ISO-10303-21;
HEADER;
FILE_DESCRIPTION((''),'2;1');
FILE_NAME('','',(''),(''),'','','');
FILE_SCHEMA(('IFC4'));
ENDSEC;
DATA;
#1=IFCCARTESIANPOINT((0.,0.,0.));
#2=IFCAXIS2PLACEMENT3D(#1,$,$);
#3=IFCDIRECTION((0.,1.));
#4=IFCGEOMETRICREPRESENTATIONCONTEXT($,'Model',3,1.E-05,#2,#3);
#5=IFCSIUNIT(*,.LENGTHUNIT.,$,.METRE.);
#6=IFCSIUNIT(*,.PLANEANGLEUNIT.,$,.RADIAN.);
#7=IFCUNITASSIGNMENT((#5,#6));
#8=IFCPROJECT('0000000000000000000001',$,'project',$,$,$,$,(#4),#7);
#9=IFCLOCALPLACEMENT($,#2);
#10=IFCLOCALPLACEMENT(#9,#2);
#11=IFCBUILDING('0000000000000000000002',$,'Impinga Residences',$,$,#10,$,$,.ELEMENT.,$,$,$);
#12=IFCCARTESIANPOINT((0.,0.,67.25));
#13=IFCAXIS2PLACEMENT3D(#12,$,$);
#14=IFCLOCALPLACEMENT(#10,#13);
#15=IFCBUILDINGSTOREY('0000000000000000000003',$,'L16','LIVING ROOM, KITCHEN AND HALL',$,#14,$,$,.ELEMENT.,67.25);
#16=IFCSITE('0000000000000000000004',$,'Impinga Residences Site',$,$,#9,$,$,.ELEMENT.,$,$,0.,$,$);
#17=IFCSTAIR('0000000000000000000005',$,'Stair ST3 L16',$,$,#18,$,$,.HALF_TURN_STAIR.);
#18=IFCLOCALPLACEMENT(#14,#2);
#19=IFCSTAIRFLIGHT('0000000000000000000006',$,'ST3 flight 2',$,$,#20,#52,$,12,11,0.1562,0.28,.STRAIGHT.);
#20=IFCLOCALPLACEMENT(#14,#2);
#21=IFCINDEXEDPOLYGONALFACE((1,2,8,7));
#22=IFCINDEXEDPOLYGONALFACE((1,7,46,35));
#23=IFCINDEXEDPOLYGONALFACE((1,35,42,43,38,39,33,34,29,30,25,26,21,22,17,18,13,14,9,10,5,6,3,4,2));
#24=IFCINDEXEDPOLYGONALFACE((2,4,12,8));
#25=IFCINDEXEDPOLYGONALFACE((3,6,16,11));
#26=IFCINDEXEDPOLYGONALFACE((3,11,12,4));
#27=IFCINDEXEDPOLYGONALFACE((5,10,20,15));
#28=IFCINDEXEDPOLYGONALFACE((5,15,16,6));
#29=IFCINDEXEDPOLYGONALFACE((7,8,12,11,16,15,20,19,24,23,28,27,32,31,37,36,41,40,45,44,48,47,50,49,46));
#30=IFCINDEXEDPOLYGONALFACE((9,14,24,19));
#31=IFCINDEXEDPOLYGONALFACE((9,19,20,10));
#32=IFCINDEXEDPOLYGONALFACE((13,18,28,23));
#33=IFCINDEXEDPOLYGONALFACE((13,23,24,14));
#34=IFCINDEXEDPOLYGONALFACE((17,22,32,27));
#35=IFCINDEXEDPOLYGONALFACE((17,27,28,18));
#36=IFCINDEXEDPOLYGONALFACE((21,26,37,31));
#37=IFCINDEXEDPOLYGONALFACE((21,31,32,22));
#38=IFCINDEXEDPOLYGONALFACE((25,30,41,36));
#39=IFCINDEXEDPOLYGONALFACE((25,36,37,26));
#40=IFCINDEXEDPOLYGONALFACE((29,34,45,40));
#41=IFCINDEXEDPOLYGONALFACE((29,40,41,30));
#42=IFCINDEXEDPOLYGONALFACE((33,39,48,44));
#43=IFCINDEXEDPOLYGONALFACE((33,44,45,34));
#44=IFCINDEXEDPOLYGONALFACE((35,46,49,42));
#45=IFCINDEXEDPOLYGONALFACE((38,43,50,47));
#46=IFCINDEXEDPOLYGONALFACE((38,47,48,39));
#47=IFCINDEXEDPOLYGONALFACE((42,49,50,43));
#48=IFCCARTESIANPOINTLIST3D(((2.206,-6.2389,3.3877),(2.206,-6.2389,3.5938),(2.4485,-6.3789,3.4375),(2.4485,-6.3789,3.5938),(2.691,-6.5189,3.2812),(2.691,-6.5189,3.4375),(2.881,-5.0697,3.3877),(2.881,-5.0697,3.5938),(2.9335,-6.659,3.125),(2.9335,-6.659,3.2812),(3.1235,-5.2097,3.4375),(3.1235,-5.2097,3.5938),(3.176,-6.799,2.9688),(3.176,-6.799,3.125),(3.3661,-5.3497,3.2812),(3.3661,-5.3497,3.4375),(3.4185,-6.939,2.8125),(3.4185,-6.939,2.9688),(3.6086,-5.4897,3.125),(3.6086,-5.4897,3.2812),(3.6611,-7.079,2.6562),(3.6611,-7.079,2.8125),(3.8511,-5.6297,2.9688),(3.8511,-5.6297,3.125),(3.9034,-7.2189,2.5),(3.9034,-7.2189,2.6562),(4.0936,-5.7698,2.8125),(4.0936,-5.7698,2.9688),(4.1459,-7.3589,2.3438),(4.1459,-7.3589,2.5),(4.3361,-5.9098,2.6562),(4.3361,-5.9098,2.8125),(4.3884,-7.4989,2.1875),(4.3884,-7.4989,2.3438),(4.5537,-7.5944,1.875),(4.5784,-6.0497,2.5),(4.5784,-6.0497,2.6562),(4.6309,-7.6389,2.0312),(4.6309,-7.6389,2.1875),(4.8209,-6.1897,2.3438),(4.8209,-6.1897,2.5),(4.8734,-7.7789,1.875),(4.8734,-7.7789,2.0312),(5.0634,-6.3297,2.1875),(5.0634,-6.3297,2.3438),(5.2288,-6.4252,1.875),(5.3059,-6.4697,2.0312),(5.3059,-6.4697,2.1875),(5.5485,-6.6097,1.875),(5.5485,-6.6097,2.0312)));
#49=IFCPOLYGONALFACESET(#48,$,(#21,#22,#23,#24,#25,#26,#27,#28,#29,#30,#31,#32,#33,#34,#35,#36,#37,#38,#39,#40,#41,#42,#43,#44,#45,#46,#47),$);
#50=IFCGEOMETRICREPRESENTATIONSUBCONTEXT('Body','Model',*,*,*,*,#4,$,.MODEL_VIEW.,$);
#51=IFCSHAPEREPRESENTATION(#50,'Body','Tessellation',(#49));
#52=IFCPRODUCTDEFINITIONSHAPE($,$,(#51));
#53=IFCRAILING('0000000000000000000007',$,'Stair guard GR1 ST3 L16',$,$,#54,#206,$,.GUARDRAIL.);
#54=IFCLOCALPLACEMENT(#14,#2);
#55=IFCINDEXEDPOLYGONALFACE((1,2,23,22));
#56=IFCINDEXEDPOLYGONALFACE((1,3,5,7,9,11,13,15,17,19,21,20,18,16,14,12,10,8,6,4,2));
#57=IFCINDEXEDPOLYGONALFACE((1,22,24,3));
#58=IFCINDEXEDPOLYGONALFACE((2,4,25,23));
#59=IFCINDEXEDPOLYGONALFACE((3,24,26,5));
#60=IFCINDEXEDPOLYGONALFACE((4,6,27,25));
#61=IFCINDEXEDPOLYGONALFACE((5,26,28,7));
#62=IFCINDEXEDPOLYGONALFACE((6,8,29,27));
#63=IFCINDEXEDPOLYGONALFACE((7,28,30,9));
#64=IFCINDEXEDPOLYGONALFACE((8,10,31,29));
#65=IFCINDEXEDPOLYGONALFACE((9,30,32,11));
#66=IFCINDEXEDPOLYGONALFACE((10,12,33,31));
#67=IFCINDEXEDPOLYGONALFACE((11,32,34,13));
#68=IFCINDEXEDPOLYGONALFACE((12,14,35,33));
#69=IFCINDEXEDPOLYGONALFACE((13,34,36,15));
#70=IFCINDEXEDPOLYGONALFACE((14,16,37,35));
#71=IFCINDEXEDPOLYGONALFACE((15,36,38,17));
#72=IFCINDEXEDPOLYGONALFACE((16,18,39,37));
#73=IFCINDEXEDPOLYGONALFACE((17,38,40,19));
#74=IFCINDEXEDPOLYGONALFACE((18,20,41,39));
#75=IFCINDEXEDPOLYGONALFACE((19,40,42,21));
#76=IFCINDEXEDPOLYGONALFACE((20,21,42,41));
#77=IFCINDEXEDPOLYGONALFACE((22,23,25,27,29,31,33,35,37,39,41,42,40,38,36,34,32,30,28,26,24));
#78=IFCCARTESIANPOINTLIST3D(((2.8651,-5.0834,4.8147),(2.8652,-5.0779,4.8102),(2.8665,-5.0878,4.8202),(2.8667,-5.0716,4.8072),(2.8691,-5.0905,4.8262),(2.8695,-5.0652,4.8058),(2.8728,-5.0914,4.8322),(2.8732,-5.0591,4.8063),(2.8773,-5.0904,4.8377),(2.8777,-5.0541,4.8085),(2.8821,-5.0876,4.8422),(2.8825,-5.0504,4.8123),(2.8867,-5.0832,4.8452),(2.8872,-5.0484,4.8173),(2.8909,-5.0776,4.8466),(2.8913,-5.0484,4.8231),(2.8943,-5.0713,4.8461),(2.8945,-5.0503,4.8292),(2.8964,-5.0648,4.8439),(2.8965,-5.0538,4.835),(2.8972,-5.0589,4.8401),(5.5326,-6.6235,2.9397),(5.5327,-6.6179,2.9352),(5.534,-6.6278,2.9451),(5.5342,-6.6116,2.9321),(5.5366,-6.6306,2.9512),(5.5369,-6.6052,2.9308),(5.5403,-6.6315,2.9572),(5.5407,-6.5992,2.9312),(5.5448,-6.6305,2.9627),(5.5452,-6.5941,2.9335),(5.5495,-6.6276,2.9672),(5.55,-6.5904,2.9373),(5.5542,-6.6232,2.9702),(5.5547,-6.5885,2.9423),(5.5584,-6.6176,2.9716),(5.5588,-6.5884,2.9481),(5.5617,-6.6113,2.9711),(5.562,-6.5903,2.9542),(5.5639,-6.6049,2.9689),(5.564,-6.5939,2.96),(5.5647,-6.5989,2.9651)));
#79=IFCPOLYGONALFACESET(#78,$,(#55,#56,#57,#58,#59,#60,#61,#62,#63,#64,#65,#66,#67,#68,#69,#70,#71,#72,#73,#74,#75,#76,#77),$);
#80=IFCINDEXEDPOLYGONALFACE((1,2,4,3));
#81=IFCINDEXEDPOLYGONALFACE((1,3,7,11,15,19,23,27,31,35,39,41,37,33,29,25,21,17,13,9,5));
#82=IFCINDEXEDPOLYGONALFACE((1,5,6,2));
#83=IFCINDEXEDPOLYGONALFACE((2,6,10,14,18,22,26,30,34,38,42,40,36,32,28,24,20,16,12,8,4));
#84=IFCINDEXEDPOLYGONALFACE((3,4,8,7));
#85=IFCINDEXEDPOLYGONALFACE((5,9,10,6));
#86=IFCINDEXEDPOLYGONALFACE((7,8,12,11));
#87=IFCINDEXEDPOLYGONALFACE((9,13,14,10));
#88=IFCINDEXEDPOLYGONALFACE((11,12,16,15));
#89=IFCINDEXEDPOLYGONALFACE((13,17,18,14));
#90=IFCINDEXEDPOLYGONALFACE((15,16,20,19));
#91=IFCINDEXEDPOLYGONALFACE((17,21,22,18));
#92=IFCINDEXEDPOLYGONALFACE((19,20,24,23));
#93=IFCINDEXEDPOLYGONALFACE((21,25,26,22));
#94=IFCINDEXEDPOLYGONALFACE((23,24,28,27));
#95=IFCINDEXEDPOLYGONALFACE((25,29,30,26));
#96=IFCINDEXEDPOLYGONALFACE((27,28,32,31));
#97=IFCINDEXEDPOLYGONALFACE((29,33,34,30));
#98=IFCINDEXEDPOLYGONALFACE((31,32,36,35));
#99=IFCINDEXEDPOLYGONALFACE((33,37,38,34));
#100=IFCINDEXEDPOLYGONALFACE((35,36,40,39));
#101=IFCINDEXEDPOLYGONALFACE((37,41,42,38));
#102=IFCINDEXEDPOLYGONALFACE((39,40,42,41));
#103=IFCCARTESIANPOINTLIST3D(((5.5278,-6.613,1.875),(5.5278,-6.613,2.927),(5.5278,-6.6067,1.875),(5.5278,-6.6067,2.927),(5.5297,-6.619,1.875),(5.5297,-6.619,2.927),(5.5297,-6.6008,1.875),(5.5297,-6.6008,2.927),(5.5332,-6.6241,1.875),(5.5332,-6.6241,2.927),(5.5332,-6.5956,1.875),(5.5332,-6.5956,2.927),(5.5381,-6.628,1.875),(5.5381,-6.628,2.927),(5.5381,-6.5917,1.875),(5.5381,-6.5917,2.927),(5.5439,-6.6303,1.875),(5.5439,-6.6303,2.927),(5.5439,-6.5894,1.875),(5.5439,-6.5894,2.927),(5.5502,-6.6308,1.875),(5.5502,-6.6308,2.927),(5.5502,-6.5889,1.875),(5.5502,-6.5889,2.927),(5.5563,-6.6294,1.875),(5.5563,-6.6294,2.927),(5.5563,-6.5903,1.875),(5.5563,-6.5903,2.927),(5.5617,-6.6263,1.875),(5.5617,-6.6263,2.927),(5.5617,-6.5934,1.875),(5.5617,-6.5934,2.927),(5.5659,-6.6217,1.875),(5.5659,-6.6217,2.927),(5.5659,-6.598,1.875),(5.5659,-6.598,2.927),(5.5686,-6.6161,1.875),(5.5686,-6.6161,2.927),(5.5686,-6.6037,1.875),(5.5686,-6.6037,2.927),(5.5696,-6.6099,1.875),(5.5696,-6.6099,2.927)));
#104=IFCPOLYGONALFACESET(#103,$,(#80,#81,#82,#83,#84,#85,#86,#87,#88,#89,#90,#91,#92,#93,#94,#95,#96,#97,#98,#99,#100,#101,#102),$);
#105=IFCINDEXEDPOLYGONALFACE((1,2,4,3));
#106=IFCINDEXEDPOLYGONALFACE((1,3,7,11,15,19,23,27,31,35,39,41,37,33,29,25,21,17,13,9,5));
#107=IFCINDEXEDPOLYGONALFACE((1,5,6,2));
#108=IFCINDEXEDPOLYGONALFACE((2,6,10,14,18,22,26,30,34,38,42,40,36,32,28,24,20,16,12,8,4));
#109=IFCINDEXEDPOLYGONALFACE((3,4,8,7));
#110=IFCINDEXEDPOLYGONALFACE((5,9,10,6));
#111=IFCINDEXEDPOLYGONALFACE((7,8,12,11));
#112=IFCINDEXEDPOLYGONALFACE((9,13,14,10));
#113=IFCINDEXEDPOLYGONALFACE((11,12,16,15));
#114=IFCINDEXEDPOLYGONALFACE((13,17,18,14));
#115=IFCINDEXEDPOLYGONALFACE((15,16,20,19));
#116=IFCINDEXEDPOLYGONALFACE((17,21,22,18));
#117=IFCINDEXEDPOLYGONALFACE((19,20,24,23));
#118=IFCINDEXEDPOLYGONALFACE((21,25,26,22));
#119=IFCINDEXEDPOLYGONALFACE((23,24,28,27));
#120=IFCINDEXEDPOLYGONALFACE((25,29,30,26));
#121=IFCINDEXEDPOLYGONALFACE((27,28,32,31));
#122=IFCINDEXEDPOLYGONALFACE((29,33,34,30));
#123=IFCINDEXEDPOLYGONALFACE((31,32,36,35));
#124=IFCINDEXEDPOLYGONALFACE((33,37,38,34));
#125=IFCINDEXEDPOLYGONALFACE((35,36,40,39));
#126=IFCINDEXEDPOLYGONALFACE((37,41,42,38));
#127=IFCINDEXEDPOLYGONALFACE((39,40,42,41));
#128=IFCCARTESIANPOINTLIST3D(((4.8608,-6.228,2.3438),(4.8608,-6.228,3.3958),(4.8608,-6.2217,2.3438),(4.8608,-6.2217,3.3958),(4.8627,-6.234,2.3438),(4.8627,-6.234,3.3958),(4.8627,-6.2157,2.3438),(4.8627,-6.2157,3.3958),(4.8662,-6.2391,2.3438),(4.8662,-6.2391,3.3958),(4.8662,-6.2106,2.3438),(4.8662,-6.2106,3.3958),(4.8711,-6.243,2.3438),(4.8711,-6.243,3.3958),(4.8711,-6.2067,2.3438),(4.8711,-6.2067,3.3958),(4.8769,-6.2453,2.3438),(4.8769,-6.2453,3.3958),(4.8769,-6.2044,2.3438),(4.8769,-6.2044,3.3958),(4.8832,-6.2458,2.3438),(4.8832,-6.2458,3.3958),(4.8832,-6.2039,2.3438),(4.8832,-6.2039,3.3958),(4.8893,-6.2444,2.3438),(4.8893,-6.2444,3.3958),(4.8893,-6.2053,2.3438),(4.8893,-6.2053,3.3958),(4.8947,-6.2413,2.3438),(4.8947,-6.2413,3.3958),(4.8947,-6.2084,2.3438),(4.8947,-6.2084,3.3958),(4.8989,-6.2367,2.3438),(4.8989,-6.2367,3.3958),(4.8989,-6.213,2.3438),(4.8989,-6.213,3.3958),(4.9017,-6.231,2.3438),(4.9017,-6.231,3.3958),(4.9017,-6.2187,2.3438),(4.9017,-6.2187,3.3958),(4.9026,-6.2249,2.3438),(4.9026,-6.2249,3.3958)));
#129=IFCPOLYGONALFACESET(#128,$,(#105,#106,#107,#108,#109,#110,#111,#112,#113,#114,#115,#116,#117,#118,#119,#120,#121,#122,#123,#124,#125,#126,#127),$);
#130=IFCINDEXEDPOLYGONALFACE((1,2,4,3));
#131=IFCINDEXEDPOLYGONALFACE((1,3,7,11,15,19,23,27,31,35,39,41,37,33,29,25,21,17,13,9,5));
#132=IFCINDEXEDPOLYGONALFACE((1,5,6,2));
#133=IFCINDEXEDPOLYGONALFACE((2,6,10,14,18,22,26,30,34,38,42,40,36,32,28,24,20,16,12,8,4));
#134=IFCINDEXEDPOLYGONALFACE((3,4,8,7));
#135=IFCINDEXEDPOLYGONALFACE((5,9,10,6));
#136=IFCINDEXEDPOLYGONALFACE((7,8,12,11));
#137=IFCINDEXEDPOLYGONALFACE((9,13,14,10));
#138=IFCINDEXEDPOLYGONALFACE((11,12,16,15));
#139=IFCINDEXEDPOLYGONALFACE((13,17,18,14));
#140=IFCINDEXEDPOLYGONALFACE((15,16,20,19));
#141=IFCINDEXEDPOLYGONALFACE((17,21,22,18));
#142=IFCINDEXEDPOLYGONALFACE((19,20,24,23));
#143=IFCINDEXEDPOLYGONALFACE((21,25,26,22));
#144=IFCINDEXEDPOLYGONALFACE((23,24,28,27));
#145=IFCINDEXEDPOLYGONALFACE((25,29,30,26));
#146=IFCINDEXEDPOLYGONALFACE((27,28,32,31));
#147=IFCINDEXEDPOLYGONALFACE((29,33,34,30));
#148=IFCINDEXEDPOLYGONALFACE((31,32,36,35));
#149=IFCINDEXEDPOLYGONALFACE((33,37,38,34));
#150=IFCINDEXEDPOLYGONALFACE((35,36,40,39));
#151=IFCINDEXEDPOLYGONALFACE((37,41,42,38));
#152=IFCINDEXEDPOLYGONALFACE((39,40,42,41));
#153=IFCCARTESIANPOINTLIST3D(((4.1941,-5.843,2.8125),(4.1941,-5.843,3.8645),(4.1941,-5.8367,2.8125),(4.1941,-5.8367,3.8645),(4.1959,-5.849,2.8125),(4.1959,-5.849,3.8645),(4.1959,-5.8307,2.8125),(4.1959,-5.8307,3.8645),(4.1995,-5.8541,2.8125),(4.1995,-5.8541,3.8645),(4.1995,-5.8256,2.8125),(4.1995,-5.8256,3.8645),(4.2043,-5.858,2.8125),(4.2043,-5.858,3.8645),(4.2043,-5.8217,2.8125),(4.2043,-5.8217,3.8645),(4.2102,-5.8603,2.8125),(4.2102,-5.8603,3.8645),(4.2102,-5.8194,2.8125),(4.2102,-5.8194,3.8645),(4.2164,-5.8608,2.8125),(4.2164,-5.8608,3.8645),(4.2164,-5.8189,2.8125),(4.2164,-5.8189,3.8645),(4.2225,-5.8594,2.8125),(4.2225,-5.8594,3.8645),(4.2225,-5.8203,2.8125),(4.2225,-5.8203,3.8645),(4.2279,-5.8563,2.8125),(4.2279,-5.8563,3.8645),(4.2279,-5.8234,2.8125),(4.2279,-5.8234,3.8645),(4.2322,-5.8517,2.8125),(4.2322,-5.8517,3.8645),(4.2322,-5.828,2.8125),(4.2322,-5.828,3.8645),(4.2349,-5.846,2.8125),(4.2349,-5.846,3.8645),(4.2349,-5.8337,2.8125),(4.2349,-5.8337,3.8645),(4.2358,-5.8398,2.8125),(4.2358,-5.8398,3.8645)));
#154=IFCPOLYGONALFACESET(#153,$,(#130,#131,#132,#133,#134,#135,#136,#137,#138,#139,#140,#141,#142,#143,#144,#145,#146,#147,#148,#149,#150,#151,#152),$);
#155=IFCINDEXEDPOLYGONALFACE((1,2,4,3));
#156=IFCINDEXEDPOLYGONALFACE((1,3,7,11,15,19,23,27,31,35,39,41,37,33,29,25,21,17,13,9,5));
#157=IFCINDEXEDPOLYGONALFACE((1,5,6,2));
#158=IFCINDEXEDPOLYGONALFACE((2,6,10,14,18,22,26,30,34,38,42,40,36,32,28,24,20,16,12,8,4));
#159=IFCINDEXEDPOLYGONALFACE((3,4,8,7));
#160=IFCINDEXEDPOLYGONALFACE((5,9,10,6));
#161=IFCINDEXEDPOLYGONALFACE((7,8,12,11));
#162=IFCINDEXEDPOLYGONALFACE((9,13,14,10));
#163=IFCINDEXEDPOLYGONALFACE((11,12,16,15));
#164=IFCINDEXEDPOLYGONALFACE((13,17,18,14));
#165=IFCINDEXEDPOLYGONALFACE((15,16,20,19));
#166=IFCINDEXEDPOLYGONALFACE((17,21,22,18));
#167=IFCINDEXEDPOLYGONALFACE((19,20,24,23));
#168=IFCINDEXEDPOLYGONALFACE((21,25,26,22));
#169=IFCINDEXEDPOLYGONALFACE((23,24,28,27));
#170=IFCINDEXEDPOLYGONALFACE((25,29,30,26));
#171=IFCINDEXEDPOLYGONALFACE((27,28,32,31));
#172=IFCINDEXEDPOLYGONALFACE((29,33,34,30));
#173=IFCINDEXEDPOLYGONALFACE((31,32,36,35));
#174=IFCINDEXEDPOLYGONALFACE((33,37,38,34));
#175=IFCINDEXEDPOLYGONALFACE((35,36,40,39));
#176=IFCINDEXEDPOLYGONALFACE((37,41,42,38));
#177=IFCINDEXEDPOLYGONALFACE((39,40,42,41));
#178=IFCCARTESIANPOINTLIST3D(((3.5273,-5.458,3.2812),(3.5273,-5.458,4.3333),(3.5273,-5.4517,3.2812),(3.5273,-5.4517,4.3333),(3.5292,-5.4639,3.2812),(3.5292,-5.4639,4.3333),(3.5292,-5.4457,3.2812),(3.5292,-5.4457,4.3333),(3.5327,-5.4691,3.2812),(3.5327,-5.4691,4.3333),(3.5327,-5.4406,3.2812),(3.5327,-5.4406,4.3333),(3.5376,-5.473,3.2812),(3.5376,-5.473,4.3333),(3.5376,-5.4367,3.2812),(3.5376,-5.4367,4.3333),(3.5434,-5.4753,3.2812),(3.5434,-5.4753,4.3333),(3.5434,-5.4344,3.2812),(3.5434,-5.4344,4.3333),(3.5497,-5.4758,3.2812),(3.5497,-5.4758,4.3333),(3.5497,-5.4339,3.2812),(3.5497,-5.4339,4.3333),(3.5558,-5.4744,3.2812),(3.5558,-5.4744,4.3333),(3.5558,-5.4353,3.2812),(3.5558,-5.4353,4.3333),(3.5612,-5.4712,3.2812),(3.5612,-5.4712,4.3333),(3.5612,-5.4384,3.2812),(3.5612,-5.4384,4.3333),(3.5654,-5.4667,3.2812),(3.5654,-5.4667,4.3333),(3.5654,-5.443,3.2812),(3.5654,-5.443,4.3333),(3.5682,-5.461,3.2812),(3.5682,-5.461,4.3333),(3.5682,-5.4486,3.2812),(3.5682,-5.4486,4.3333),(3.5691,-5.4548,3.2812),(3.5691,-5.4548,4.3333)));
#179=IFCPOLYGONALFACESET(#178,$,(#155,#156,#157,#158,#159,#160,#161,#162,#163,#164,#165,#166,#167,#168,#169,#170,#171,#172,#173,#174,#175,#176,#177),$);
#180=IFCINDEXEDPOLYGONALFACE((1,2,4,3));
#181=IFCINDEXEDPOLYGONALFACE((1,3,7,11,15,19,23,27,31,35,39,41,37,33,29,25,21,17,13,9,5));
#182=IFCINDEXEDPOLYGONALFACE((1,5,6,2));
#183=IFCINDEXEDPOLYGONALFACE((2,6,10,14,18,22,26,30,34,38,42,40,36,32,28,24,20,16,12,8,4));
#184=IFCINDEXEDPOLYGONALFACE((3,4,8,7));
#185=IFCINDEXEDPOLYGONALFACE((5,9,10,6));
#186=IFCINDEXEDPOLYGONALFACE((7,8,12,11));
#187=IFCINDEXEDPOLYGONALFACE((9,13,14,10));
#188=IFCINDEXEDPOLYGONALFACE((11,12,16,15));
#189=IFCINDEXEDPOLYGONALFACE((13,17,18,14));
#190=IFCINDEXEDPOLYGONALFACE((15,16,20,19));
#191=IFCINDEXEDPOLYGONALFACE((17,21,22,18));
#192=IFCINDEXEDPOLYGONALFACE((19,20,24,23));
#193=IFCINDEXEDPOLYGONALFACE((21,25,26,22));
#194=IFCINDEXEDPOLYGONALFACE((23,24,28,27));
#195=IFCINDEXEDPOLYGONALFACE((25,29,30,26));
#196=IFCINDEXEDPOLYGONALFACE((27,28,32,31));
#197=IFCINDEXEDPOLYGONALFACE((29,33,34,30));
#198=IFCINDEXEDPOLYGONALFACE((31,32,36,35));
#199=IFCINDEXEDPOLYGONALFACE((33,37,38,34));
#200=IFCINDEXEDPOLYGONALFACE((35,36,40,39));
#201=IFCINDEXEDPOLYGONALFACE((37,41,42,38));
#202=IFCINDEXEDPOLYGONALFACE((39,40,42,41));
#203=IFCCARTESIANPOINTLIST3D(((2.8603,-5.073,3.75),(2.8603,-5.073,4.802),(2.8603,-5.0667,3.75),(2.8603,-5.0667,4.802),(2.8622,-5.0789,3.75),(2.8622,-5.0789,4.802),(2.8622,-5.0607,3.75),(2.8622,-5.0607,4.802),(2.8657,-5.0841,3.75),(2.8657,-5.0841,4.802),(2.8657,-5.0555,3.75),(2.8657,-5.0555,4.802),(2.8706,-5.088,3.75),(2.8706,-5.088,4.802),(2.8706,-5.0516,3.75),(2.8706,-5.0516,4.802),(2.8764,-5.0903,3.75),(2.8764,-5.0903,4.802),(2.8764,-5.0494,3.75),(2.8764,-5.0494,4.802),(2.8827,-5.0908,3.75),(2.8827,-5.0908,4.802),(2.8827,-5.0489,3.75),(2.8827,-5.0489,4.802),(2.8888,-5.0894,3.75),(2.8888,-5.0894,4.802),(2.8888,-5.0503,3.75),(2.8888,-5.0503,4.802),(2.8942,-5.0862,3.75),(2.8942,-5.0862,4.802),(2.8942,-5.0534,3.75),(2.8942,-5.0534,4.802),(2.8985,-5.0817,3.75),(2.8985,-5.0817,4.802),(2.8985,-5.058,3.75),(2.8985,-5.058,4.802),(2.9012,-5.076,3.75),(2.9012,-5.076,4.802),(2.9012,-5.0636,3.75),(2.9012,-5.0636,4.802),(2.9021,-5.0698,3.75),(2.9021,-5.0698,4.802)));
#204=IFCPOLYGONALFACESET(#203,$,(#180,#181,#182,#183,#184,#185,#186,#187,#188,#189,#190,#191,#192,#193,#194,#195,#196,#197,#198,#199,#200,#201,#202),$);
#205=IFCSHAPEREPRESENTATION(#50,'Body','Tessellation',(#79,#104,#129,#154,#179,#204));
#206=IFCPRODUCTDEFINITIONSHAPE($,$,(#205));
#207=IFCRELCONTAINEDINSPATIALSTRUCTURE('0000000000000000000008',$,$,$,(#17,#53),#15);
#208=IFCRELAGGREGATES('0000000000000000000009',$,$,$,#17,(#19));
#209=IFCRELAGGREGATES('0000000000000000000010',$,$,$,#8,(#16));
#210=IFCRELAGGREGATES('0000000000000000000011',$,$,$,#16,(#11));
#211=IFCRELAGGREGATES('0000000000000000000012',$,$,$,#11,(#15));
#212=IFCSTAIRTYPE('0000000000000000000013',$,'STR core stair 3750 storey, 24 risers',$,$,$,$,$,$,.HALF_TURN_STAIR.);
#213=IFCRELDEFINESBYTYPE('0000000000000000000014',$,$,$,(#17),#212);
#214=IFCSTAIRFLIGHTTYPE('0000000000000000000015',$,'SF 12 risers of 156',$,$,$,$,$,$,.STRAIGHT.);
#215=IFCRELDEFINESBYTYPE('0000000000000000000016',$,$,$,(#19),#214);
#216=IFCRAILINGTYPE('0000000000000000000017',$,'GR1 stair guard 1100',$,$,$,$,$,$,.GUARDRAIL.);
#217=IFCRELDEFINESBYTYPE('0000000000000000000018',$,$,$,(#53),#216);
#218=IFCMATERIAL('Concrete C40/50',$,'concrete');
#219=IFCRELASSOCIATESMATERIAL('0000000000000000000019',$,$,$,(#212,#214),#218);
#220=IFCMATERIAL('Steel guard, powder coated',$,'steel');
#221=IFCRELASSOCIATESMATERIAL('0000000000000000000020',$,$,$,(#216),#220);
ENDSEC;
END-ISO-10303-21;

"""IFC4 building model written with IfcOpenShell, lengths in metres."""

from ifc_helpers import new_model, si_unit, direction, frame, origin, origin_2d, place, context, subcontext, project, spatial, polyline, circle, outline, extrude, material, type_object, element, aggregate, save


model = new_model("IFC4")

# Units and contexts
model_context = context("Model", 3, precision=1e-05, world=origin(), true_north=direction((0.0, 1.0)))
body_context = subcontext(model_context, "Body", "Model", "MODEL_VIEW")
ifc_project = project(units=[si_unit("LENGTHUNIT", "METRE"), si_unit("PLANEANGLEUNIT", "RADIAN")], contexts=[model_context])

# Site, building, storey
site_placement = place(None, origin())
site = spatial("IfcSite", under=ifc_project, at=site_placement, Name="Impinga Residences Site", CompositionType="ELEMENT", RefElevation=0.0)
building_placement = place(site_placement, origin())
building = spatial("IfcBuilding", under=site, at=building_placement, Name="Impinga Residences", CompositionType="ELEMENT")
storey_placement = place(building_placement, frame((0.0, 0.0, 67.25)))
storey = spatial("IfcBuildingStorey", under=building, at=storey_placement, Name="L16", Description="LIVING ROOM, KITCHEN AND HALL", CompositionType="ELEMENT", Elevation=67.25)

# Stair, stair flight
ifc_material_1 = material(Name="Concrete C40/50", Category="concrete")
stair_type = type_object("IfcStairType", Name="STR core stair 3750 storey, 24 risers", PredefinedType="HALF_TURN_STAIR", material=ifc_material_1)
stair_placement = place(storey_placement, origin())
stair = element("IfcStair", 1, at=stair_placement, inside=storey, type_object=stair_type, Name="Stair ST3 L16", PredefinedType="HALF_TURN_STAIR")
stair_flight_type = type_object("IfcStairFlightType", Name="SF 12 risers of 156", PredefinedType="STRAIGHT", material=ifc_material_1)
stair_flight_placement = place(storey_placement, frame((5.2109, -7.1943, 1.875), z_axis=(0.0, 0.0, 1.0), x_axis=(-0.866025, 0.5, 0.0)))
stair_flight = element("IfcStairFlight", 2, at=stair_flight_placement, type_object=stair_flight_type, Name="ST3 flight 2", NumberOfRisers=12, NumberOfTreads=11, PredefinedType="STRAIGHT", RiserHeight=0.1562, TreadLength=0.28, context=body_context, shape_type="SweptSolid", body=[
    extrude(outline(polyline([(0.0, 0.0), (0.0, 0.1562), (0.28, 0.1562), (0.28, 0.3125), (0.5601, 0.3125), (0.5601, 0.4688), (0.8401, 0.4688), (0.8401, 0.625), (1.1201, 0.625), (1.1201, 0.7812), (1.3999, 0.7812), (1.3999, 0.9375), (1.6799, 0.9375), (1.6799, 1.0938), (1.96, 1.0938), (1.96, 1.25), (2.24, 1.25), (2.24, 1.4062), (2.52, 1.4062), (2.52, 1.5625), (2.8, 1.5625), (2.8, 1.7188), (3.0801, 1.7188), (3.0801, 1.875), (3.0801, 1.5127), (0.3691, 0.0), (0.0, 0.0)])), frame((0.0, 0.675, 0.0), z_axis=(0.0, -1.0, 0.0), x_axis=(1.0, 0.0, 0.0)), (0.0, 0.0, 1.0), 1.3501),
])
aggregate(stair, [stair_flight])

# Railing
ifc_material_2 = material(Name="Steel guard, powder coated", Category="steel")
railing_type_1 = type_object("IfcRailingType", Name="GR1 stair guard 1100", PredefinedType="GUARDRAIL", material=ifc_material_2)
railing_1_placement = place(storey_placement, frame((5.5486, -6.6099, 1.875)))
element("IfcRailing", 3, at=railing_1_placement, inside=storey, type_object=railing_type_1, Name="Stair guard GR1 ST3 L16", PredefinedType="GUARDRAIL", context=body_context, shape_type="SweptSolid", body=[
    extrude(circle(Radius=0.0239, at=origin_2d()), frame((0.0, 0.0, 1.0762), z_axis=(-0.739746, 0.427084, 0.519975), x_axis=(-0.499992, -0.86603, 0.0)), (0.0, 0.0, 1.0), 3.606),
    extrude(circle(Radius=0.021, at=origin_2d()), origin(), (0.0, 0.0, 1.0), 1.052),
    extrude(circle(Radius=0.021, at=origin_2d()), frame((-0.667, 0.385, 0.4688)), (0.0, 0.0, 1.0), 1.052),
    extrude(circle(Radius=0.021, at=origin_2d()), frame((-1.3337, 0.77, 0.9375)), (0.0, 0.0, 1.0), 1.052),
    extrude(circle(Radius=0.021, at=origin_2d()), frame((-2.0005, 1.155, 1.4062)), (0.0, 0.0, 1.0), 1.052),
    extrude(circle(Radius=0.021, at=origin_2d()), frame((-2.6675, 1.54, 1.875)), (0.0, 0.0, 1.0), 1.052),
])

save(model, "model.ifc")
